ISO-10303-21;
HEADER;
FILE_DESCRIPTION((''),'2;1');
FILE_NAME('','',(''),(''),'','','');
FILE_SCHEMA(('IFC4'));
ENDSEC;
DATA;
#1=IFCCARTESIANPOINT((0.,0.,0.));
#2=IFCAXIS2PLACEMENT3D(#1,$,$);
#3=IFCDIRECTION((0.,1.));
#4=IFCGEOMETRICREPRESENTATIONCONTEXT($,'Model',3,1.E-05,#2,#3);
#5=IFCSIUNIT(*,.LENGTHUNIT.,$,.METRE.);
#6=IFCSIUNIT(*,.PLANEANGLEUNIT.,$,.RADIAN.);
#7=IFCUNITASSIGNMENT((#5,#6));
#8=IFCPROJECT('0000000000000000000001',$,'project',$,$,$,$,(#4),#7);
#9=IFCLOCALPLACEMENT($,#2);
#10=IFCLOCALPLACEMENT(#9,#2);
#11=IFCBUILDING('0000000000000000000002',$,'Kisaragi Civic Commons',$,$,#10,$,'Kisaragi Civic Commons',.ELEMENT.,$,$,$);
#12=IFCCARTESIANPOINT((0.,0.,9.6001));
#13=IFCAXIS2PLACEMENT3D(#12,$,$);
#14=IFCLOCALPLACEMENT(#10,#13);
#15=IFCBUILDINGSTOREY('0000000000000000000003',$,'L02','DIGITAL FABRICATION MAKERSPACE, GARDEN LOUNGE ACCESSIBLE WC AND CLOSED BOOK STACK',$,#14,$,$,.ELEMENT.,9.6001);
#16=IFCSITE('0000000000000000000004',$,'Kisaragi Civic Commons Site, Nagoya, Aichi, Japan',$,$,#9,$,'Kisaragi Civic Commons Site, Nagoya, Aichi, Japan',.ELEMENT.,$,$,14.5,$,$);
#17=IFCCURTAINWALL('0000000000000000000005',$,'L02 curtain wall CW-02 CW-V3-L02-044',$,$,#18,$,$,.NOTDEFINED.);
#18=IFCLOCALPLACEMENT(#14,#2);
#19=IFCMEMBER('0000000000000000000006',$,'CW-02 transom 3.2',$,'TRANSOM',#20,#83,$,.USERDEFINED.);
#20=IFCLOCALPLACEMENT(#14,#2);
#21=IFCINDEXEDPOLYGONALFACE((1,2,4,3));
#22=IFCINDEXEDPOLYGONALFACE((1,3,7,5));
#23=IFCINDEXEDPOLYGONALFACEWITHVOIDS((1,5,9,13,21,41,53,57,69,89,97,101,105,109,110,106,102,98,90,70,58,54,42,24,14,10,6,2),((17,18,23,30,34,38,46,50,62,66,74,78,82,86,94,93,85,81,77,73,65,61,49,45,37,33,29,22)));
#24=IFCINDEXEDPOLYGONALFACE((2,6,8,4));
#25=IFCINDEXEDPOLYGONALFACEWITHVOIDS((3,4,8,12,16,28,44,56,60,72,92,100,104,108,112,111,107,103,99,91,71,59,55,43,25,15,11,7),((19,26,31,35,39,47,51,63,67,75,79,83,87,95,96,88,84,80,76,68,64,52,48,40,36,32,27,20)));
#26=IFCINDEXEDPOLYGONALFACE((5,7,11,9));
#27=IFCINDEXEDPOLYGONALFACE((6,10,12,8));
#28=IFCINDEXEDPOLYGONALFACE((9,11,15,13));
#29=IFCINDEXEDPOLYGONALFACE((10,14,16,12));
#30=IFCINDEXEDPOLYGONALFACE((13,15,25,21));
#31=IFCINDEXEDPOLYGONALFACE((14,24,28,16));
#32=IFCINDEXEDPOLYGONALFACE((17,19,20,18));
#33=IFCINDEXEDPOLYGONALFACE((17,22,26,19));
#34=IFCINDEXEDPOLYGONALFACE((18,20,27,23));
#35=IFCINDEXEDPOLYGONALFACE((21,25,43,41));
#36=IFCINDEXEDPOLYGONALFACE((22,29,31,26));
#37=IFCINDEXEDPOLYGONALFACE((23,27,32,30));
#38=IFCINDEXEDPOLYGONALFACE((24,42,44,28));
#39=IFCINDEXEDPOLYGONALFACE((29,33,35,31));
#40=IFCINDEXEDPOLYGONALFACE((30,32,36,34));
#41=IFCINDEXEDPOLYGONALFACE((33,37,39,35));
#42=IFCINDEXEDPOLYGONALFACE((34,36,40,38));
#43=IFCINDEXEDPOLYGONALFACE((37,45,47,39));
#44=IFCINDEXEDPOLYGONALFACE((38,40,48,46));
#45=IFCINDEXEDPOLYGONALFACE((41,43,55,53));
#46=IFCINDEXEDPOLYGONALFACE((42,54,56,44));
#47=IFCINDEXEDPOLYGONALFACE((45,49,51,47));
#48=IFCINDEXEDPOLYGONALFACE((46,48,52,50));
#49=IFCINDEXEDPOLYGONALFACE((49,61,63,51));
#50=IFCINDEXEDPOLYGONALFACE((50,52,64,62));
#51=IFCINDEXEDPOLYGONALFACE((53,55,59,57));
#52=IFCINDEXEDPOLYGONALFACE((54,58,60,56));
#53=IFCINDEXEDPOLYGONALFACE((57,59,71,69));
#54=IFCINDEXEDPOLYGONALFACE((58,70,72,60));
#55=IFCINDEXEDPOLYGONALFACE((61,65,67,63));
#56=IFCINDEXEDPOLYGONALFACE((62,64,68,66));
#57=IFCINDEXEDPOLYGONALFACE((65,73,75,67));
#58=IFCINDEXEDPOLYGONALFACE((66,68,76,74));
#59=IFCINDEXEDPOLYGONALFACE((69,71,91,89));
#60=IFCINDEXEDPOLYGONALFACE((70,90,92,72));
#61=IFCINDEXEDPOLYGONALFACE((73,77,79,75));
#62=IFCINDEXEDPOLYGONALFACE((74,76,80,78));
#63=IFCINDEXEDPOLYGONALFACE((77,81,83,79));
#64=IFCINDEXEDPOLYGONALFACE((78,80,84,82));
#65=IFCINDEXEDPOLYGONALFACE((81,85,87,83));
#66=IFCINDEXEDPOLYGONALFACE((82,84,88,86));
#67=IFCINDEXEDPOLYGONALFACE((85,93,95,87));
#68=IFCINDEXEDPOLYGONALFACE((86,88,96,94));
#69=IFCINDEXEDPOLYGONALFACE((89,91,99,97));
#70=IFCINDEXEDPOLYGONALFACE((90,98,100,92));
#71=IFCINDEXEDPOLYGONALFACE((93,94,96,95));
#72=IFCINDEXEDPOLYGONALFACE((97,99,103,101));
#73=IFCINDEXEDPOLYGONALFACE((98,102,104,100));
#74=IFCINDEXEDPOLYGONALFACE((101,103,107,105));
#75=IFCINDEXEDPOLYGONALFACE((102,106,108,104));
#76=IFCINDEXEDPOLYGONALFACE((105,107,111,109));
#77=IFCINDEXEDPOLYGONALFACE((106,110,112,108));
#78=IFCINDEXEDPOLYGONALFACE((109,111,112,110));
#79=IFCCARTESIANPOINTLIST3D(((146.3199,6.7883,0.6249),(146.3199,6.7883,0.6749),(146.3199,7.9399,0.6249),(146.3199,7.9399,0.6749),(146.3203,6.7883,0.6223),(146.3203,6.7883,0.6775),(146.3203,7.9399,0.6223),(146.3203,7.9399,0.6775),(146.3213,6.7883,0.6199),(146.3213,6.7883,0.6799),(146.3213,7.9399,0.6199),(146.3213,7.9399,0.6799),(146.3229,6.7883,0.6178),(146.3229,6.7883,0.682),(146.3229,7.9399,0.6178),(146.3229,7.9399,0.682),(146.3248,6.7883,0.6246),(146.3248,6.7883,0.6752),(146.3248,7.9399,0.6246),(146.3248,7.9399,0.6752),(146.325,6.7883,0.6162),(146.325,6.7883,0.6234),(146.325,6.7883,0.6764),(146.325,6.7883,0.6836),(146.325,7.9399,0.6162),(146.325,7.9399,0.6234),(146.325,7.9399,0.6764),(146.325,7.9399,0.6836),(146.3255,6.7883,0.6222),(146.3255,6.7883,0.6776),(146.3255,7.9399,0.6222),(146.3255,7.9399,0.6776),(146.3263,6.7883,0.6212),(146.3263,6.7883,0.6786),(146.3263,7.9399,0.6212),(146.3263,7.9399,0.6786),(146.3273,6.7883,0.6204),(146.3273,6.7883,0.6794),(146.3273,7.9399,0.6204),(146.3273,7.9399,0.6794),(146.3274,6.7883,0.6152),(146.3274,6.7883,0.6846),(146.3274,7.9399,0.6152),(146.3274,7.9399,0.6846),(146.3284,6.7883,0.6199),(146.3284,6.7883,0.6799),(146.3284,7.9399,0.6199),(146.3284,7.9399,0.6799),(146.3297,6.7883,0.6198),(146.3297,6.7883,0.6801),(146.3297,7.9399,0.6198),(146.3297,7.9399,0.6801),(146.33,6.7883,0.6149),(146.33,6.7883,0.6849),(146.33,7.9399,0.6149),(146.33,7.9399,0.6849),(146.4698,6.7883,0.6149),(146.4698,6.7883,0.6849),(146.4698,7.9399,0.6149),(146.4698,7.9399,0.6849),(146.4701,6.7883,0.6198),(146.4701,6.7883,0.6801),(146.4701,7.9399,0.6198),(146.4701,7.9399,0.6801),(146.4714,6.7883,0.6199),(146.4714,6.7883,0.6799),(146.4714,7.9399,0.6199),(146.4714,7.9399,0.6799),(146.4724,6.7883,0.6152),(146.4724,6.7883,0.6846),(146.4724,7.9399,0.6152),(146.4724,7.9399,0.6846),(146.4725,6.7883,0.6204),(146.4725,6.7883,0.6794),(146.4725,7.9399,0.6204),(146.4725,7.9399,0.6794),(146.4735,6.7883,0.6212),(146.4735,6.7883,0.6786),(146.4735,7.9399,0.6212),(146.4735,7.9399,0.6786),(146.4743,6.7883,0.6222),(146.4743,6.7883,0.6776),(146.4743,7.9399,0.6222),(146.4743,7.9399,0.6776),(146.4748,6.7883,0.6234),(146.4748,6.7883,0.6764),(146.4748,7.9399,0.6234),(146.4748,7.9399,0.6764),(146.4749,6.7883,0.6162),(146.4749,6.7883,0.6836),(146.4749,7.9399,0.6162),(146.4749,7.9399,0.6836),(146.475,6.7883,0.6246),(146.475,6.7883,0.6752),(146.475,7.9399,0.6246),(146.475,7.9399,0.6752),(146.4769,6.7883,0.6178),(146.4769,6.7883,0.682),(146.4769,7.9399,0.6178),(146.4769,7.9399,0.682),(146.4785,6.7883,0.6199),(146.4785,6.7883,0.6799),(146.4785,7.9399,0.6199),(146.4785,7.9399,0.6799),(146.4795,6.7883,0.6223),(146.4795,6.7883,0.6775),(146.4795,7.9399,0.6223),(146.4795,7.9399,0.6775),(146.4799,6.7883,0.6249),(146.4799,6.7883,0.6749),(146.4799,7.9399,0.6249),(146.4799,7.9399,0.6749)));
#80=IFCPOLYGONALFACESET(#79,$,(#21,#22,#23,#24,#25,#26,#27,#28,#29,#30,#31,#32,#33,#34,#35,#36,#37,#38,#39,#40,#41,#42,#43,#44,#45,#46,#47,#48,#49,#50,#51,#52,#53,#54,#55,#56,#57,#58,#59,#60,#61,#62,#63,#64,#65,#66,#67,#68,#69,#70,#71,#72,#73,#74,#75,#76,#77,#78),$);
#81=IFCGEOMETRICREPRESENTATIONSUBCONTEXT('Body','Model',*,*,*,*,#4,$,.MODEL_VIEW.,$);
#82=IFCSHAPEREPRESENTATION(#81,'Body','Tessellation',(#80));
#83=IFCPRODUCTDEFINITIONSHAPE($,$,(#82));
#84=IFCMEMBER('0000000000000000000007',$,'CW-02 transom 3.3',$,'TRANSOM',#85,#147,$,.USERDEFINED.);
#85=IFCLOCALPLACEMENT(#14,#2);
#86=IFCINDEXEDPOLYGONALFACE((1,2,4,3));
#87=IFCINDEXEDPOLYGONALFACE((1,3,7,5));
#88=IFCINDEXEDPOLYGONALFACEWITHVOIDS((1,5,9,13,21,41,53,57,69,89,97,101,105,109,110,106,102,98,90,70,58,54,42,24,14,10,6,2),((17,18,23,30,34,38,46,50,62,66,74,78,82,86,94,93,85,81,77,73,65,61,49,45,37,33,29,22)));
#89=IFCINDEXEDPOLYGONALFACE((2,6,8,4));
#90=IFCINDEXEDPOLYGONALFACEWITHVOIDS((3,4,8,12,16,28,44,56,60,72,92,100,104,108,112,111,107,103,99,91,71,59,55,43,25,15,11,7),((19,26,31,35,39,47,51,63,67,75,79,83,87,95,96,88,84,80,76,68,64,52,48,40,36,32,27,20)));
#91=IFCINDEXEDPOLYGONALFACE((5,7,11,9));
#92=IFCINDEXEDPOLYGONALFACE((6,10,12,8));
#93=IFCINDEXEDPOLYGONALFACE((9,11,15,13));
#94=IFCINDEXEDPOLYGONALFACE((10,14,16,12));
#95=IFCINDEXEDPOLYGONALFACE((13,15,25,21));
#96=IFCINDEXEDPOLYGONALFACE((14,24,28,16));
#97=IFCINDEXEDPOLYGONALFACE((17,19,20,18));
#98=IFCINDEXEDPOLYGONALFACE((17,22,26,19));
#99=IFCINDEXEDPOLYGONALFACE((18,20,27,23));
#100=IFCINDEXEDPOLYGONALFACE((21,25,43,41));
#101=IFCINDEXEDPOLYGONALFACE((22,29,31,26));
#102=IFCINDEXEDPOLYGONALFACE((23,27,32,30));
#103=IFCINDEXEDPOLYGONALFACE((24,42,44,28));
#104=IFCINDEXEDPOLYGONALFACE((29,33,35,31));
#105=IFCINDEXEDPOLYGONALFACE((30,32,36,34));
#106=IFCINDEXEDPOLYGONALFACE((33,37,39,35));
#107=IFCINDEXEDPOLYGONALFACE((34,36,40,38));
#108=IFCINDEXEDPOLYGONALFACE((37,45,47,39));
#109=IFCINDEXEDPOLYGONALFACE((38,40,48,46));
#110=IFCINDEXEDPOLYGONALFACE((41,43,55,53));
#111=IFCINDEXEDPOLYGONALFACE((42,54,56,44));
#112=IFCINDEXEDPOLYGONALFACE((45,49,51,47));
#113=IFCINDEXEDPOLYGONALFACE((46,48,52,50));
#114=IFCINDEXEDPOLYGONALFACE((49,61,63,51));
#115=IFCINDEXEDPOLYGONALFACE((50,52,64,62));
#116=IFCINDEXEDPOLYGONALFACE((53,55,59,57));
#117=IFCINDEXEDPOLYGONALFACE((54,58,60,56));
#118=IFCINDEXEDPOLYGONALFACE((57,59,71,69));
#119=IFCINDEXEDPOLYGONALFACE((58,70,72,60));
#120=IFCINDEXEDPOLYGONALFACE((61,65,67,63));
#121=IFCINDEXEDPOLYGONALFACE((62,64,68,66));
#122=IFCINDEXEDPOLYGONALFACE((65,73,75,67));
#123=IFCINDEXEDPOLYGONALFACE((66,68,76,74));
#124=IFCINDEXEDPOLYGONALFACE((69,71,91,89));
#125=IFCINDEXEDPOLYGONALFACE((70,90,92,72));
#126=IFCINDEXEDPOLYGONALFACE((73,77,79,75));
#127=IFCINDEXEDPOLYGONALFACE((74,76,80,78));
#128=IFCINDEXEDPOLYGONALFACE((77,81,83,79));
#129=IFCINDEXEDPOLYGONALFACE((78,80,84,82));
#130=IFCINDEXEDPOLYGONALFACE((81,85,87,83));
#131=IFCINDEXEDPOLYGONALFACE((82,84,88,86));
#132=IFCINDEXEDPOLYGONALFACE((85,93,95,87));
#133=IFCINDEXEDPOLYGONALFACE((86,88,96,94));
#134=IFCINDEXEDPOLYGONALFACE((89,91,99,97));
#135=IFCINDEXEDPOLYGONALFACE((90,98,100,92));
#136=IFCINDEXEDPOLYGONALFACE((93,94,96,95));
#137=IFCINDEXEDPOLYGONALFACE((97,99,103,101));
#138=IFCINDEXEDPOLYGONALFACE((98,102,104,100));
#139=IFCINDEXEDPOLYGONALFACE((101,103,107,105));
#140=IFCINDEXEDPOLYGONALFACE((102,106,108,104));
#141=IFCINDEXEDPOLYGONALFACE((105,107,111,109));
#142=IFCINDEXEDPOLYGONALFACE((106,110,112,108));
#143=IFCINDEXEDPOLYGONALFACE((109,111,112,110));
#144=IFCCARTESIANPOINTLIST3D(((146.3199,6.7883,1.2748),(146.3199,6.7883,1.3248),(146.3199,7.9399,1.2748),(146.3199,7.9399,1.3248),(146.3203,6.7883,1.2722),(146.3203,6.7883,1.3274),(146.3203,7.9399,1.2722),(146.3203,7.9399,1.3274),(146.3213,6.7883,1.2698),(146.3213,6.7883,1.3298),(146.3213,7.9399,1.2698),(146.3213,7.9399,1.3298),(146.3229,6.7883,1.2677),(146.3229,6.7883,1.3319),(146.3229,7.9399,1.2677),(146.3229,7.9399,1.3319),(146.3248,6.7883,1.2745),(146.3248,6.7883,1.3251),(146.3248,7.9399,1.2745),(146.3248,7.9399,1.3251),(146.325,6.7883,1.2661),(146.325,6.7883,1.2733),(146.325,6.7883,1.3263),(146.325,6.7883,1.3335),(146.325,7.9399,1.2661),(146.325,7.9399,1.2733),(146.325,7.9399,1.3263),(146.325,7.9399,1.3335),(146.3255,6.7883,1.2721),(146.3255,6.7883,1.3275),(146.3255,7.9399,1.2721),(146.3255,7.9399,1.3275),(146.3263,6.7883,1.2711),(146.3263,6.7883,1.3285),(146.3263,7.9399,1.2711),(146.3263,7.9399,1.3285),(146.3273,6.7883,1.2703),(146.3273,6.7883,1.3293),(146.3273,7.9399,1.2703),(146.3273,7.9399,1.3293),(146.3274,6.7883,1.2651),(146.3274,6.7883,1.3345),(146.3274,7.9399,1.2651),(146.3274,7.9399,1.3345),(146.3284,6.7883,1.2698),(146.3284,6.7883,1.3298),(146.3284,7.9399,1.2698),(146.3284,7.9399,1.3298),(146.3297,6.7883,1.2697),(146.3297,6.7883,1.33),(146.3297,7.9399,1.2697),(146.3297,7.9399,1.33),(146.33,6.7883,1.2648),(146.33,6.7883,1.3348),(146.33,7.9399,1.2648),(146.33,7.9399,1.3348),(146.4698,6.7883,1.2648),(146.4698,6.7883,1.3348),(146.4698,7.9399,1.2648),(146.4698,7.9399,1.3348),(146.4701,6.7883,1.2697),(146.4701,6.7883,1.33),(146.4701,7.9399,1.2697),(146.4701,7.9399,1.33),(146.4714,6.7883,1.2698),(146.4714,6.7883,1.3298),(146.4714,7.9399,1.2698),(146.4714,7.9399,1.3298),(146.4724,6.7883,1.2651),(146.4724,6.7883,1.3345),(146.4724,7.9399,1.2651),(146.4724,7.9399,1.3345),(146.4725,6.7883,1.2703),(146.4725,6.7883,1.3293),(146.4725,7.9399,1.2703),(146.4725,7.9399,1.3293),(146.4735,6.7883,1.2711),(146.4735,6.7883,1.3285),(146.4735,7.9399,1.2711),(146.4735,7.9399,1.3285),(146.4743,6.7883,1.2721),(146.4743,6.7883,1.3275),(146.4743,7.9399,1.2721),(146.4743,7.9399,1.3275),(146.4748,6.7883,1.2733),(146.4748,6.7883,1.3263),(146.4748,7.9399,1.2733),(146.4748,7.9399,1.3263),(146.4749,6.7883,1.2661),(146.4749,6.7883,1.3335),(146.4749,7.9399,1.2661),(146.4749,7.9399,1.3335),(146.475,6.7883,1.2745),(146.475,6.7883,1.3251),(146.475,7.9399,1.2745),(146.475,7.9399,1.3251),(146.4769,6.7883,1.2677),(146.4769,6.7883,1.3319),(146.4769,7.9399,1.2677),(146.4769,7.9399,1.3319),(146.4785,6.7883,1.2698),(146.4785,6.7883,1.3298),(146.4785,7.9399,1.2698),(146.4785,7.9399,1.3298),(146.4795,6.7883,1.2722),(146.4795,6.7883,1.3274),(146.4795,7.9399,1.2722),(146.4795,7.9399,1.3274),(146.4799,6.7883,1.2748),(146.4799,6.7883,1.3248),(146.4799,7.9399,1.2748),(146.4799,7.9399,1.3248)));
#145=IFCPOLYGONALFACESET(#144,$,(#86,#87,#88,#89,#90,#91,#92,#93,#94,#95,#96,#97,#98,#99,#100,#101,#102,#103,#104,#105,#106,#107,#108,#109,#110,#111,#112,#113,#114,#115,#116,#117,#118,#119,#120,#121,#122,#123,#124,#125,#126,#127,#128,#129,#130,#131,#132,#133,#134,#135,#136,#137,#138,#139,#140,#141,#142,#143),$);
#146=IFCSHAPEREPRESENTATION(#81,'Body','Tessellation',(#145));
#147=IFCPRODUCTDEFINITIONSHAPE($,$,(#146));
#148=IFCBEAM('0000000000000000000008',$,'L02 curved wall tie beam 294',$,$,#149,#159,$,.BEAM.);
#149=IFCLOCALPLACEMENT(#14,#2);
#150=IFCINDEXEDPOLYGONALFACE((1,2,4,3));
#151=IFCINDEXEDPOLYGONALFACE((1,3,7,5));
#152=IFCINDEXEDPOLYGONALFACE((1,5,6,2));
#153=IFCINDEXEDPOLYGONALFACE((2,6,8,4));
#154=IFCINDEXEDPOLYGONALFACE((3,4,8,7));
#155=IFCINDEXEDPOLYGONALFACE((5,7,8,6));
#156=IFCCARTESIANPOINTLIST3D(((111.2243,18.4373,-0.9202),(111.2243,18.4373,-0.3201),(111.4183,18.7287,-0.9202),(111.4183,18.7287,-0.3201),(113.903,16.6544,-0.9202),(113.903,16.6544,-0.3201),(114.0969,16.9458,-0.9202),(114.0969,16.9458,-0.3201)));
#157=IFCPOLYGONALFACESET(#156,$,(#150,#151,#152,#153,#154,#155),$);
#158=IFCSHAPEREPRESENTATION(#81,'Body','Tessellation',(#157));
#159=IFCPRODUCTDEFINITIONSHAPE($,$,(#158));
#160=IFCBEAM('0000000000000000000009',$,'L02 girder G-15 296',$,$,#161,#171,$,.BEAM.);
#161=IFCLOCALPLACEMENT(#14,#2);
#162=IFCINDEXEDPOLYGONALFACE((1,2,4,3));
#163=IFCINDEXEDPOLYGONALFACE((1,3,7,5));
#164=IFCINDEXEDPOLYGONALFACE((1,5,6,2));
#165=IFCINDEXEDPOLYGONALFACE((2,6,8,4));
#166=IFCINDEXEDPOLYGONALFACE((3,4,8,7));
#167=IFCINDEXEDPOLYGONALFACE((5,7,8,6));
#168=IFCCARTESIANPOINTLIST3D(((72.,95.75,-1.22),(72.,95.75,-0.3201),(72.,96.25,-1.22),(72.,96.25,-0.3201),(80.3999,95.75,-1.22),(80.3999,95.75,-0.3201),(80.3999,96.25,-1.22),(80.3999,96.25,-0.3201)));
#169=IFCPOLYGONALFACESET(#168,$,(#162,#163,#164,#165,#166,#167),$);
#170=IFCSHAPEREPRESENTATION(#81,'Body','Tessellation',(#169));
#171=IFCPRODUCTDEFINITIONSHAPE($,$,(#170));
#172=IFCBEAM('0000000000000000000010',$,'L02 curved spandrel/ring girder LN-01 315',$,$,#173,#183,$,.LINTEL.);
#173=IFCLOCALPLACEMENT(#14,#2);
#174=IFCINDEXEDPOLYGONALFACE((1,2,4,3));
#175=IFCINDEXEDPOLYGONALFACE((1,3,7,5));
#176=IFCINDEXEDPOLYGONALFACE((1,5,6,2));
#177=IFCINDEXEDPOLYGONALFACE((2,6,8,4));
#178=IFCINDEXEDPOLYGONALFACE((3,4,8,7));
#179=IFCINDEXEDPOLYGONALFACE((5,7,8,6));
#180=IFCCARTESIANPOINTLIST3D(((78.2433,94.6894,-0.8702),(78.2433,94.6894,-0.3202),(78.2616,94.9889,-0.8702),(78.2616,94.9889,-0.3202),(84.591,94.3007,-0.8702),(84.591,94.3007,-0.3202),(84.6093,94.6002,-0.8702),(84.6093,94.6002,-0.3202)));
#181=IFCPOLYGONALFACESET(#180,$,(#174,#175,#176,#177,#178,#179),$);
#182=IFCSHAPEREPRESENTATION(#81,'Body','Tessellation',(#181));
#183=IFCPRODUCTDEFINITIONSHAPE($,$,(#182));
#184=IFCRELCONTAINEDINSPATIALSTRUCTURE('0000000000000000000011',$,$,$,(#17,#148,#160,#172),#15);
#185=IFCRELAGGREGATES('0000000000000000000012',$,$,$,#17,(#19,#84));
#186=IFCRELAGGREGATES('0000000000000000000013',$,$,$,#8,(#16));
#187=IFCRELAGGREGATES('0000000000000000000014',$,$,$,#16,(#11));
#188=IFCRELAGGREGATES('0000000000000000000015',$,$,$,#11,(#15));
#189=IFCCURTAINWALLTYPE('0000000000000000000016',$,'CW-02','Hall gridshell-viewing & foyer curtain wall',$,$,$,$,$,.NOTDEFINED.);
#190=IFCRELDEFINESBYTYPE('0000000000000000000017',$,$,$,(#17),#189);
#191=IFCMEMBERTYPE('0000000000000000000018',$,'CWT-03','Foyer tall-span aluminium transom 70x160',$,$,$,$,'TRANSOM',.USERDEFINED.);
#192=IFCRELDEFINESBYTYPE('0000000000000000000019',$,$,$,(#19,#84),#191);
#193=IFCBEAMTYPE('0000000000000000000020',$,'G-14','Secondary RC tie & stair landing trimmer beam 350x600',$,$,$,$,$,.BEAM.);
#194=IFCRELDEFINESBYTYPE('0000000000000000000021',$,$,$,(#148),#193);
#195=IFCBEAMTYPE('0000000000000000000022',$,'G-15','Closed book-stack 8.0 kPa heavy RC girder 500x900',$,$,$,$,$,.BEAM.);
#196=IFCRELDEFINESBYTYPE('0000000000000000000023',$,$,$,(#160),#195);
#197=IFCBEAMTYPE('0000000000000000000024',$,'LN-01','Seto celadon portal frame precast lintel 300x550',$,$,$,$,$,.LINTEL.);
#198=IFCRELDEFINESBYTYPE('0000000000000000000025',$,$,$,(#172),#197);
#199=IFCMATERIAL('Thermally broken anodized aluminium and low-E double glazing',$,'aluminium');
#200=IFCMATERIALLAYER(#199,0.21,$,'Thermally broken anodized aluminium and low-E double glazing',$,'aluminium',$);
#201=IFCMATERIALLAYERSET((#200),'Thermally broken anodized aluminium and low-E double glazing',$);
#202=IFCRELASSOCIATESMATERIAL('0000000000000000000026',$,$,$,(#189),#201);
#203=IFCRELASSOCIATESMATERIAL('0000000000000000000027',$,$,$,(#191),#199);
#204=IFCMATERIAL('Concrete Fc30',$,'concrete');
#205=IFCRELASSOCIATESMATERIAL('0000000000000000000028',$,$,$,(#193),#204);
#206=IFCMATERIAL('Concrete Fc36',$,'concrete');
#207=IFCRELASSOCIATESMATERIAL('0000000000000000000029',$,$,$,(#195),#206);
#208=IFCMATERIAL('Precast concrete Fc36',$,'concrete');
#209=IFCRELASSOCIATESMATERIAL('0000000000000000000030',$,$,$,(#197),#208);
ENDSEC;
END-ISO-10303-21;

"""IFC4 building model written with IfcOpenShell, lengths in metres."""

from ifc_helpers import new_model, si_unit, direction, frame, origin, origin_2d, place, context, subcontext, project, spatial, rectangle, hollow_rectangle, extrude, material, layer, layer_set, material_profile, profile_set, type_object, element, aggregate, save


model = new_model("IFC4")

# Units and contexts
model_context = context("Model", 3, precision=1e-05, world=origin(), true_north=direction((0.0, 1.0)))
body_context = subcontext(model_context, "Body", "Model", "MODEL_VIEW")
ifc_project = project(units=[si_unit("LENGTHUNIT", "METRE"), si_unit("PLANEANGLEUNIT", "RADIAN")], contexts=[model_context])

# Site, building, storey
site_placement = place(None, origin())
site = spatial("IfcSite", under=ifc_project, at=site_placement, Name="Kisaragi Civic Commons Site, Nagoya, Aichi, Japan", LongName="Kisaragi Civic Commons Site, Nagoya, Aichi, Japan", CompositionType="ELEMENT", RefElevation=14.5)
building_placement = place(site_placement, origin())
building = spatial("IfcBuilding", under=site, at=building_placement, Name="Kisaragi Civic Commons", LongName="Kisaragi Civic Commons", CompositionType="ELEMENT")
storey_placement = place(building_placement, frame((0.0, 0.0, 9.6001)))
storey = spatial("IfcBuildingStorey", under=building, at=storey_placement, Name="L02", Description="DIGITAL FABRICATION MAKERSPACE, GARDEN LOUNGE ACCESSIBLE WC AND CLOSED BOOK STACK", CompositionType="ELEMENT", Elevation=9.6001)

# Shared definitions
ifc_material_1 = material(Name="Concrete Fc36", Category="concrete")

# Curtain wall, members
ifc_material_2 = material(Name="Thermally broken anodized aluminium and low-E double glazing", Category="aluminium")
ifc_layer_1 = layer(ifc_material_2, 0.21, Name="Thermally broken anodized aluminium and low-E double glazing", Category="aluminium")
ifc_layer_set_1 = layer_set([ifc_layer_1], Name="Thermally broken anodized aluminium and low-E double glazing")
curtain_wall_type = type_object("IfcCurtainWallType", Name="CW-02", Description="Hall gridshell-viewing & foyer curtain wall", PredefinedType="NOTDEFINED", material=ifc_layer_set_1)
curtain_wall_placement = place(storey_placement, origin())
curtain_wall = element("IfcCurtainWall", 1, at=curtain_wall_placement, inside=storey, type_object=curtain_wall_type, Name="L02 curtain wall CW-02 CW-V3-L02-044", PredefinedType="NOTDEFINED")
ifc_material_profile_1 = material_profile(ifc_material_2, hollow_rectangle(XDim=0.1599, YDim=0.0701, WallThickness=0.0049, InnerFilletRadius=0.0049, OuterFilletRadius=0.01, at=origin_2d()), Name="CWT-70x160x5", Category="aluminium")
ifc_profile_set_1 = profile_set([ifc_material_profile_1], Name="Thermally broken anodized aluminium and low-E double glazing")
member_type_1 = type_object("IfcMemberType", Name="CWT-03", Description="Foyer tall-span aluminium transom 70x160", ElementType="TRANSOM", PredefinedType="USERDEFINED", material=ifc_profile_set_1)
member_1_placement = place(storey_placement, frame((146.3999, 6.7883, 0.6499), z_axis=(0.0, 1.0, 0.0), x_axis=(-1.0, 0.0, 0.0)))
member_1 = element("IfcMember", 2, at=member_1_placement, type_object=member_type_1, Name="CW-02 transom 3.2", ObjectType="TRANSOM", PredefinedType="USERDEFINED", context=body_context, shape_type="SweptSolid", body=[
    extrude(hollow_rectangle(XDim=0.1599, YDim=0.0701, WallThickness=0.0049, InnerFilletRadius=0.0049, OuterFilletRadius=0.01, at=origin_2d()), origin(), (0.0, 0.0, 1.0), 1.1516),
])
member_2_placement = place(storey_placement, frame((146.3999, 6.7883, 1.2998), z_axis=(0.0, 1.0, 0.0), x_axis=(-1.0, 0.0, 0.0)))
member_2 = element("IfcMember", 3, at=member_2_placement, type_object=member_type_1, Name="CW-02 transom 3.3", ObjectType="TRANSOM", PredefinedType="USERDEFINED", context=body_context, shape_type="SweptSolid", body=[
    extrude(hollow_rectangle(XDim=0.1599, YDim=0.0701, WallThickness=0.0049, InnerFilletRadius=0.0049, OuterFilletRadius=0.01, at=origin_2d()), origin(), (0.0, 0.0, 1.0), 1.1516),
])

# Beams
ifc_material_3 = material(Name="Concrete Fc30", Category="concrete")
ifc_material_profile_2 = material_profile(ifc_material_3, rectangle(XDim=0.3501, YDim=0.6001, at=origin_2d()), Name="RC-350x600", Category="concrete")
ifc_profile_set_2 = profile_set([ifc_material_profile_2], Name="Concrete Fc30")
beam_type_1 = type_object("IfcBeamType", Name="G-14", Description="Secondary RC tie & stair landing trimmer beam 350x600", PredefinedType="BEAM", material=ifc_profile_set_2)
beam_1_placement = place(storey_placement, frame((111.3213, 18.583, -0.6201), z_axis=(0.832459, -0.554087, 0.0), x_axis=(0.554087, 0.832459, 0.0)))
element("IfcBeam", 4, at=beam_1_placement, inside=storey, type_object=beam_type_1, Name="L02 curved wall tie beam 294", PredefinedType="BEAM", context=body_context, shape_type="SweptSolid", body=[
    extrude(rectangle(XDim=0.3501, YDim=0.6001, at=origin_2d()), origin(), (0.0, 0.0, 1.0), 3.2178),
])
ifc_material_profile_3 = material_profile(ifc_material_1, rectangle(XDim=0.5, YDim=0.8999, at=origin_2d()), Name="RC-500x900", Category="concrete")
ifc_profile_set_3 = profile_set([ifc_material_profile_3], Name="Concrete Fc36")
beam_type_2 = type_object("IfcBeamType", Name="G-15", Description="Closed book-stack 8.0 kPa heavy RC girder 500x900", PredefinedType="BEAM", material=ifc_profile_set_3)
beam_2_placement = place(storey_placement, frame((72.0, 96.0, -0.77), z_axis=(1.0, 0.0, 0.0), x_axis=(0.0, 1.0, 0.0)))
element("IfcBeam", 5, at=beam_2_placement, inside=storey, type_object=beam_type_2, Name="L02 girder G-15 296", PredefinedType="BEAM", context=body_context, shape_type="SweptSolid", body=[
    extrude(rectangle(XDim=0.5, YDim=0.8999, at=origin_2d()), origin(), (0.0, 0.0, 1.0), 8.3999),
])
ifc_material_4 = material(Name="Precast concrete Fc36", Category="concrete")
ifc_material_profile_4 = material_profile(ifc_material_4, rectangle(XDim=0.3, YDim=0.55, at=origin_2d()), Name="PC-300x550", Category="concrete")
ifc_profile_set_4 = profile_set([ifc_material_profile_4], Name="Precast concrete Fc36")
beam_type_3 = type_object("IfcBeamType", Name="LN-01", Description="Seto celadon portal frame precast lintel 300x550", PredefinedType="LINTEL", material=ifc_profile_set_4)
beam_3_placement = place(storey_placement, frame((78.2524, 94.8391, -0.5952), z_axis=(0.998131, -0.061116, 0.0), x_axis=(0.061116, 0.998131, 0.0)))
element("IfcBeam", 6, at=beam_3_placement, inside=storey, type_object=beam_type_3, Name="L02 curved spandrel/ring girder LN-01 315", PredefinedType="LINTEL", context=body_context, shape_type="SweptSolid", body=[
    extrude(rectangle(XDim=0.3, YDim=0.55, at=origin_2d()), origin(), (0.0, 0.0, 1.0), 6.3596),
])

aggregate(curtain_wall, [member_1, member_2])

save(model, "model.ifc")
